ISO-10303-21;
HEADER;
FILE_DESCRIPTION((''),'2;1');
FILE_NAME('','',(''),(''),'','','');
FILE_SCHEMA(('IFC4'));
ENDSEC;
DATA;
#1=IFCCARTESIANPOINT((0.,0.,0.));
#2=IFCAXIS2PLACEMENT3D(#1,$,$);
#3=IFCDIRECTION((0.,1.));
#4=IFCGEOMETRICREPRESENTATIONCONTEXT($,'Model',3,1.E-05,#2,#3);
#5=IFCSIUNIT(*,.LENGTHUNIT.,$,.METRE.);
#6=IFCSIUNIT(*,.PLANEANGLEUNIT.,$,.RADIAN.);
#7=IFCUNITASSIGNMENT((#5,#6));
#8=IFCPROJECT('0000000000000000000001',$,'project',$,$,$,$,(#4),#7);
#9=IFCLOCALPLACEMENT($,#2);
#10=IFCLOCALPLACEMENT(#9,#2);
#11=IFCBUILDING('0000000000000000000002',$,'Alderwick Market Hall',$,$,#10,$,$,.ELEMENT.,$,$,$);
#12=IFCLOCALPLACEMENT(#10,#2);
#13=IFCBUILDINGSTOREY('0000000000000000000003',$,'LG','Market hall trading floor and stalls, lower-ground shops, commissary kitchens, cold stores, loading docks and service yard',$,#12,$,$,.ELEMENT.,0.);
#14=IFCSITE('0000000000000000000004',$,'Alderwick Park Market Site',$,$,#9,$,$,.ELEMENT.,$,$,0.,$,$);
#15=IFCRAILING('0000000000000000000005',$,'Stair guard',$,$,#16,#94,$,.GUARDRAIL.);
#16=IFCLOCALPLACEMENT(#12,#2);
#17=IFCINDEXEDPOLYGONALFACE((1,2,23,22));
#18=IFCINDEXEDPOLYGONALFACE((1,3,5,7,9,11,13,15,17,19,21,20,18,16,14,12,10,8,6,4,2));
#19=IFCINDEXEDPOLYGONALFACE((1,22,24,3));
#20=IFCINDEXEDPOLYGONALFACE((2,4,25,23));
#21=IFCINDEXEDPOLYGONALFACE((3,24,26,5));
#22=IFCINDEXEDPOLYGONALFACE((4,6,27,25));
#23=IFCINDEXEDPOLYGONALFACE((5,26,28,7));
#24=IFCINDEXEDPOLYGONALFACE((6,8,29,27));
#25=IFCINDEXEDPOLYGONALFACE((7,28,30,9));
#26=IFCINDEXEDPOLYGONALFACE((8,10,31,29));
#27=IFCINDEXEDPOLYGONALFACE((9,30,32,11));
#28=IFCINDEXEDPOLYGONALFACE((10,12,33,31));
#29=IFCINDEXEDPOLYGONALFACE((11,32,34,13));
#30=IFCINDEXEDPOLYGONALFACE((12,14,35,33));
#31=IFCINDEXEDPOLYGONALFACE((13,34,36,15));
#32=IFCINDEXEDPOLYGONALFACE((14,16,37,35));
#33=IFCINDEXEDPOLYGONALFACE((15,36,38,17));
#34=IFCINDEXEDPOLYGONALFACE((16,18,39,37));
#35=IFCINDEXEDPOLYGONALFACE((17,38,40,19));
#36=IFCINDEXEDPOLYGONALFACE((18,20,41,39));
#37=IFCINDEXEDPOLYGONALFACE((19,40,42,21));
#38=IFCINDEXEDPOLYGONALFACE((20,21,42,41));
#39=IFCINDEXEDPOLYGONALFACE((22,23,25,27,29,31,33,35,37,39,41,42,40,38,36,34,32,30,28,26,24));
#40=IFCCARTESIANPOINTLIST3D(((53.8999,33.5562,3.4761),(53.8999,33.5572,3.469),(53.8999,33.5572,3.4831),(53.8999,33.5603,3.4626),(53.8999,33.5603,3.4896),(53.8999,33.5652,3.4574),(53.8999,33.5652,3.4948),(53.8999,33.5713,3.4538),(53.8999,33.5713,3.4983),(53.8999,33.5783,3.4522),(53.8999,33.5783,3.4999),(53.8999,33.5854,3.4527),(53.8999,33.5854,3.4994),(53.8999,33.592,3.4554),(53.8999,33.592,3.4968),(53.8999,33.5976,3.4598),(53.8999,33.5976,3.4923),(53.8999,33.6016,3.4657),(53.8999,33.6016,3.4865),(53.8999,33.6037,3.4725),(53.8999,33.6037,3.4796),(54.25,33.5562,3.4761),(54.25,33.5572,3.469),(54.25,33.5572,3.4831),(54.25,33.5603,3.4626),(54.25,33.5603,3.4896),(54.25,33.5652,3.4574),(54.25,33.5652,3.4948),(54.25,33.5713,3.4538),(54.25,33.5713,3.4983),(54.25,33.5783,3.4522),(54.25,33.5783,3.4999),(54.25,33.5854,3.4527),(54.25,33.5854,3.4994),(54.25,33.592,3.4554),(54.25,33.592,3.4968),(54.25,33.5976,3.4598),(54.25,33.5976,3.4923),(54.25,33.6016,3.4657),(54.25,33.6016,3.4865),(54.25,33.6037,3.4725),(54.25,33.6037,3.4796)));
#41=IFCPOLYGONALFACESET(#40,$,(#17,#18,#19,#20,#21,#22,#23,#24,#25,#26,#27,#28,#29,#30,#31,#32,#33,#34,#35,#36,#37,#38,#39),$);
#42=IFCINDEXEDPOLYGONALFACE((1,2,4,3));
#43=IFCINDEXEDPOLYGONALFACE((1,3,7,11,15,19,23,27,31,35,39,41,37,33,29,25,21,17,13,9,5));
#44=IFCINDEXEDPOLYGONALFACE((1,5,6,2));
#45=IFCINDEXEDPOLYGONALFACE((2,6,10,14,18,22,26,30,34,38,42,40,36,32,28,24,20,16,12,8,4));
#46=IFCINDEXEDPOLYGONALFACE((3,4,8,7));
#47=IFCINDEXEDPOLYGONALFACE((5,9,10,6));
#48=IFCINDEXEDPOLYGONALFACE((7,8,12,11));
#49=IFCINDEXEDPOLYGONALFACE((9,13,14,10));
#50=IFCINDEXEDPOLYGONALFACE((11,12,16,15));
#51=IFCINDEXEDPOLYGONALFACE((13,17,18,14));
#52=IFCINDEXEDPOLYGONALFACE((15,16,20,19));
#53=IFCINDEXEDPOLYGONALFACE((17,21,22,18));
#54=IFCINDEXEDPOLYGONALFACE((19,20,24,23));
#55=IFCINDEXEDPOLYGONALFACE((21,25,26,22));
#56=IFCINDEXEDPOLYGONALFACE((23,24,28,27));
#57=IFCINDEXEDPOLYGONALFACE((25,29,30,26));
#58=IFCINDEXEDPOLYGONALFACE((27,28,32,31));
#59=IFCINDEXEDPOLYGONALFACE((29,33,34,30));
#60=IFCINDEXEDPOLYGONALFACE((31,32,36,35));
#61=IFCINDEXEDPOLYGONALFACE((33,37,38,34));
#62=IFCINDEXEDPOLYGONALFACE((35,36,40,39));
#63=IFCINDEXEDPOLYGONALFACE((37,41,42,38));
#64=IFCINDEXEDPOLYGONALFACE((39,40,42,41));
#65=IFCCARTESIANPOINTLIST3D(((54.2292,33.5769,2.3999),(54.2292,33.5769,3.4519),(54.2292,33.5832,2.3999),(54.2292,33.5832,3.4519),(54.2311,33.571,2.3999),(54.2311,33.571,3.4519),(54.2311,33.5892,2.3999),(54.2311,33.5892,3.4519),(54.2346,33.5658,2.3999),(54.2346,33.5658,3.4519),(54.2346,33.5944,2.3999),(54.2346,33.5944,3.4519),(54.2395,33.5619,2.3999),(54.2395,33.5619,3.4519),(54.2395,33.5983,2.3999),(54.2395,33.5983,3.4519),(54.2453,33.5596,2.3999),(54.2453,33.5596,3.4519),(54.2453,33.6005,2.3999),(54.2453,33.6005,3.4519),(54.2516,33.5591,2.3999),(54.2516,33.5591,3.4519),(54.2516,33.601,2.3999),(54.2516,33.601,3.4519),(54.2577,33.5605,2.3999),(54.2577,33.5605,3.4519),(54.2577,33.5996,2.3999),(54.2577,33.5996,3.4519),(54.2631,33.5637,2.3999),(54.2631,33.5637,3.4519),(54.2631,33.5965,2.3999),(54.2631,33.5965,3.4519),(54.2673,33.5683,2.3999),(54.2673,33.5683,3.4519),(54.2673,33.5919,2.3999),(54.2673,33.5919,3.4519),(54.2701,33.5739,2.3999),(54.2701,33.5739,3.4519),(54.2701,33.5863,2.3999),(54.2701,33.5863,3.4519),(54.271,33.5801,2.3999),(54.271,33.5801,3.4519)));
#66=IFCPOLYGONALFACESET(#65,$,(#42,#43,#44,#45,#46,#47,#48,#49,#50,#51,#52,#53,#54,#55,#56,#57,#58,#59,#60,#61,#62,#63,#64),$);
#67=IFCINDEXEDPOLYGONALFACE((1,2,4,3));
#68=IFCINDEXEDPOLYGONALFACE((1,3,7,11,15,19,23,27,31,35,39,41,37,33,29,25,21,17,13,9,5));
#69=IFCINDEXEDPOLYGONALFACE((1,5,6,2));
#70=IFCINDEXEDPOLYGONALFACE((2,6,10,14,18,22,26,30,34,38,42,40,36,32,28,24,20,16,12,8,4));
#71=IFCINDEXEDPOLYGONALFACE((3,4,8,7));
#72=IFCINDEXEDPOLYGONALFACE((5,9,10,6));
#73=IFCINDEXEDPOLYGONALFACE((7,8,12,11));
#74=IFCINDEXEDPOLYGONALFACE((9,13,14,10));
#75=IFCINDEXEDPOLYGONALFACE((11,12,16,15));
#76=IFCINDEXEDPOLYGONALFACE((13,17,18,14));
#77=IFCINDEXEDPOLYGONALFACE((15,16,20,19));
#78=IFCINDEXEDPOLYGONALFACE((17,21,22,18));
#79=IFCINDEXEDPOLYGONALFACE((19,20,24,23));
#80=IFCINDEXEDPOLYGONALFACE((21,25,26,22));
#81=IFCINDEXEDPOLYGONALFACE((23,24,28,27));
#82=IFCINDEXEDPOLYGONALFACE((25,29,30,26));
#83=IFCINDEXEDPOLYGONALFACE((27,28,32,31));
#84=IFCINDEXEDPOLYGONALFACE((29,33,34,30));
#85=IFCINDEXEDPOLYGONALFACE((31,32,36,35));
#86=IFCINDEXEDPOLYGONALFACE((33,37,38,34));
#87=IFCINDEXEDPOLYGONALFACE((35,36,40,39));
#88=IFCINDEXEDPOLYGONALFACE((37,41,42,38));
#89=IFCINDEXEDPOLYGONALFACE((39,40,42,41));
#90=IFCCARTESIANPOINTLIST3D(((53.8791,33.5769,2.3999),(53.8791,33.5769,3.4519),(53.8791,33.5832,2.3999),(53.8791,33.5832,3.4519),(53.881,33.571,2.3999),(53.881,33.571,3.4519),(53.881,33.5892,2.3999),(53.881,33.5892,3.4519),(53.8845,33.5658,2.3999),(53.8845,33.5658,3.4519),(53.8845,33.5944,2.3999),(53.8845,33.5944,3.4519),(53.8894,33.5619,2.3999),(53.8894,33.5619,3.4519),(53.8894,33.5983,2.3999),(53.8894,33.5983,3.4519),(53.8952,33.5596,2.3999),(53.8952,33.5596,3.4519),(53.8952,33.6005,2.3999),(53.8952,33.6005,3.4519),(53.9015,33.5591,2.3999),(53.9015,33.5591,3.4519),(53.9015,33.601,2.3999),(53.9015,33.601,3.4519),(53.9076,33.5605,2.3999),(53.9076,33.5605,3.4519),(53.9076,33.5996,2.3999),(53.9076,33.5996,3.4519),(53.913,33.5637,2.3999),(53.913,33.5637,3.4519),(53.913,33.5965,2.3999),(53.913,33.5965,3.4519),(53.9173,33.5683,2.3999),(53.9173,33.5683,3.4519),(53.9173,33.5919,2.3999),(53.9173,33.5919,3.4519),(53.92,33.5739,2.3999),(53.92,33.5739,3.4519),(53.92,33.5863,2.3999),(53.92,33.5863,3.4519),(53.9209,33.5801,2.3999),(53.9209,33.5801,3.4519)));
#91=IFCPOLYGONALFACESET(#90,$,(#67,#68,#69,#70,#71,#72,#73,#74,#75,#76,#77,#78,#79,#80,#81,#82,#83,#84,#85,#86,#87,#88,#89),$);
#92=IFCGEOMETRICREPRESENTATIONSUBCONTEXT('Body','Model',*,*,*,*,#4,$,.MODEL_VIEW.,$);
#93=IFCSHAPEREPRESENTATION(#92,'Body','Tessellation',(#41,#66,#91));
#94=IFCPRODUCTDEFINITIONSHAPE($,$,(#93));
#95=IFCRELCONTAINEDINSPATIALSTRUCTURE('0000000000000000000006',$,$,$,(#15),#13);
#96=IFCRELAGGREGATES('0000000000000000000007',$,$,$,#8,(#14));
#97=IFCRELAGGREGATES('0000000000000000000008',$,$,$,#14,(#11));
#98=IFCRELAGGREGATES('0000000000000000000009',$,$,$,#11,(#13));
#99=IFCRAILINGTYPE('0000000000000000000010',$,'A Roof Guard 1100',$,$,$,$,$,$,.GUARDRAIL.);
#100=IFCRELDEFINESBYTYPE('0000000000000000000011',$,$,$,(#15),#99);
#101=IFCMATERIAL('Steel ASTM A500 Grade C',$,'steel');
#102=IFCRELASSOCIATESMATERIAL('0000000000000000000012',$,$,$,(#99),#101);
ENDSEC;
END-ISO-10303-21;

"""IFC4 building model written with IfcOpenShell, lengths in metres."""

from ifc_helpers import new_model, si_unit, direction, frame, origin, origin_2d, place, context, subcontext, project, spatial, circle, extrude, material, type_object, element, save


model = new_model("IFC4")

# Units and contexts
model_context = context("Model", 3, precision=1e-05, world=origin(), true_north=direction((0.0, 1.0)))
body_context = subcontext(model_context, "Body", "Model", "MODEL_VIEW")
ifc_project = project(units=[si_unit("LENGTHUNIT", "METRE"), si_unit("PLANEANGLEUNIT", "RADIAN")], contexts=[model_context])

# Site, building, storey
site_placement = place(None, origin())
site = spatial("IfcSite", under=ifc_project, at=site_placement, Name="Alderwick Park Market Site", CompositionType="ELEMENT", RefElevation=0.0)
building_placement = place(site_placement, origin())
building = spatial("IfcBuilding", under=site, at=building_placement, Name="Alderwick Market Hall", CompositionType="ELEMENT")
storey_placement = place(building_placement, origin())
storey = spatial("IfcBuildingStorey", under=building, at=storey_placement, Name="LG", Description="Market hall trading floor and stalls, lower-ground shops, commissary kitchens, cold stores, loading docks and service yard", CompositionType="ELEMENT", Elevation=0.0)

# Railing
ifc_material_1 = material(Name="Steel ASTM A500 Grade C", Category="steel")
railing_type = type_object("IfcRailingType", Name="A Roof Guard 1100", PredefinedType="GUARDRAIL", material=ifc_material_1)
railing_1_placement = place(storey_placement, frame((54.25, 33.5801, 2.3999)))
element("IfcRailing", 1, at=railing_1_placement, inside=storey, type_object=railing_type, Name="Stair guard", PredefinedType="GUARDRAIL", context=body_context, shape_type="SweptSolid", body=[
    extrude(circle(Radius=0.0239, at=origin_2d()), frame((0.0, 0.0, 1.0762), z_axis=(-1.0, 0.0, 0.0), x_axis=(0.0, -1.0, 0.0)), (0.0, 0.0, 1.0), 0.3501),
    extrude(circle(Radius=0.021, at=origin_2d()), origin(), (0.0, 0.0, 1.0), 1.052),
    extrude(circle(Radius=0.021, at=origin_2d()), frame((-0.3501, 0.0, 0.0)), (0.0, 0.0, 1.0), 1.052),
])

save(model, "model.ifc")
